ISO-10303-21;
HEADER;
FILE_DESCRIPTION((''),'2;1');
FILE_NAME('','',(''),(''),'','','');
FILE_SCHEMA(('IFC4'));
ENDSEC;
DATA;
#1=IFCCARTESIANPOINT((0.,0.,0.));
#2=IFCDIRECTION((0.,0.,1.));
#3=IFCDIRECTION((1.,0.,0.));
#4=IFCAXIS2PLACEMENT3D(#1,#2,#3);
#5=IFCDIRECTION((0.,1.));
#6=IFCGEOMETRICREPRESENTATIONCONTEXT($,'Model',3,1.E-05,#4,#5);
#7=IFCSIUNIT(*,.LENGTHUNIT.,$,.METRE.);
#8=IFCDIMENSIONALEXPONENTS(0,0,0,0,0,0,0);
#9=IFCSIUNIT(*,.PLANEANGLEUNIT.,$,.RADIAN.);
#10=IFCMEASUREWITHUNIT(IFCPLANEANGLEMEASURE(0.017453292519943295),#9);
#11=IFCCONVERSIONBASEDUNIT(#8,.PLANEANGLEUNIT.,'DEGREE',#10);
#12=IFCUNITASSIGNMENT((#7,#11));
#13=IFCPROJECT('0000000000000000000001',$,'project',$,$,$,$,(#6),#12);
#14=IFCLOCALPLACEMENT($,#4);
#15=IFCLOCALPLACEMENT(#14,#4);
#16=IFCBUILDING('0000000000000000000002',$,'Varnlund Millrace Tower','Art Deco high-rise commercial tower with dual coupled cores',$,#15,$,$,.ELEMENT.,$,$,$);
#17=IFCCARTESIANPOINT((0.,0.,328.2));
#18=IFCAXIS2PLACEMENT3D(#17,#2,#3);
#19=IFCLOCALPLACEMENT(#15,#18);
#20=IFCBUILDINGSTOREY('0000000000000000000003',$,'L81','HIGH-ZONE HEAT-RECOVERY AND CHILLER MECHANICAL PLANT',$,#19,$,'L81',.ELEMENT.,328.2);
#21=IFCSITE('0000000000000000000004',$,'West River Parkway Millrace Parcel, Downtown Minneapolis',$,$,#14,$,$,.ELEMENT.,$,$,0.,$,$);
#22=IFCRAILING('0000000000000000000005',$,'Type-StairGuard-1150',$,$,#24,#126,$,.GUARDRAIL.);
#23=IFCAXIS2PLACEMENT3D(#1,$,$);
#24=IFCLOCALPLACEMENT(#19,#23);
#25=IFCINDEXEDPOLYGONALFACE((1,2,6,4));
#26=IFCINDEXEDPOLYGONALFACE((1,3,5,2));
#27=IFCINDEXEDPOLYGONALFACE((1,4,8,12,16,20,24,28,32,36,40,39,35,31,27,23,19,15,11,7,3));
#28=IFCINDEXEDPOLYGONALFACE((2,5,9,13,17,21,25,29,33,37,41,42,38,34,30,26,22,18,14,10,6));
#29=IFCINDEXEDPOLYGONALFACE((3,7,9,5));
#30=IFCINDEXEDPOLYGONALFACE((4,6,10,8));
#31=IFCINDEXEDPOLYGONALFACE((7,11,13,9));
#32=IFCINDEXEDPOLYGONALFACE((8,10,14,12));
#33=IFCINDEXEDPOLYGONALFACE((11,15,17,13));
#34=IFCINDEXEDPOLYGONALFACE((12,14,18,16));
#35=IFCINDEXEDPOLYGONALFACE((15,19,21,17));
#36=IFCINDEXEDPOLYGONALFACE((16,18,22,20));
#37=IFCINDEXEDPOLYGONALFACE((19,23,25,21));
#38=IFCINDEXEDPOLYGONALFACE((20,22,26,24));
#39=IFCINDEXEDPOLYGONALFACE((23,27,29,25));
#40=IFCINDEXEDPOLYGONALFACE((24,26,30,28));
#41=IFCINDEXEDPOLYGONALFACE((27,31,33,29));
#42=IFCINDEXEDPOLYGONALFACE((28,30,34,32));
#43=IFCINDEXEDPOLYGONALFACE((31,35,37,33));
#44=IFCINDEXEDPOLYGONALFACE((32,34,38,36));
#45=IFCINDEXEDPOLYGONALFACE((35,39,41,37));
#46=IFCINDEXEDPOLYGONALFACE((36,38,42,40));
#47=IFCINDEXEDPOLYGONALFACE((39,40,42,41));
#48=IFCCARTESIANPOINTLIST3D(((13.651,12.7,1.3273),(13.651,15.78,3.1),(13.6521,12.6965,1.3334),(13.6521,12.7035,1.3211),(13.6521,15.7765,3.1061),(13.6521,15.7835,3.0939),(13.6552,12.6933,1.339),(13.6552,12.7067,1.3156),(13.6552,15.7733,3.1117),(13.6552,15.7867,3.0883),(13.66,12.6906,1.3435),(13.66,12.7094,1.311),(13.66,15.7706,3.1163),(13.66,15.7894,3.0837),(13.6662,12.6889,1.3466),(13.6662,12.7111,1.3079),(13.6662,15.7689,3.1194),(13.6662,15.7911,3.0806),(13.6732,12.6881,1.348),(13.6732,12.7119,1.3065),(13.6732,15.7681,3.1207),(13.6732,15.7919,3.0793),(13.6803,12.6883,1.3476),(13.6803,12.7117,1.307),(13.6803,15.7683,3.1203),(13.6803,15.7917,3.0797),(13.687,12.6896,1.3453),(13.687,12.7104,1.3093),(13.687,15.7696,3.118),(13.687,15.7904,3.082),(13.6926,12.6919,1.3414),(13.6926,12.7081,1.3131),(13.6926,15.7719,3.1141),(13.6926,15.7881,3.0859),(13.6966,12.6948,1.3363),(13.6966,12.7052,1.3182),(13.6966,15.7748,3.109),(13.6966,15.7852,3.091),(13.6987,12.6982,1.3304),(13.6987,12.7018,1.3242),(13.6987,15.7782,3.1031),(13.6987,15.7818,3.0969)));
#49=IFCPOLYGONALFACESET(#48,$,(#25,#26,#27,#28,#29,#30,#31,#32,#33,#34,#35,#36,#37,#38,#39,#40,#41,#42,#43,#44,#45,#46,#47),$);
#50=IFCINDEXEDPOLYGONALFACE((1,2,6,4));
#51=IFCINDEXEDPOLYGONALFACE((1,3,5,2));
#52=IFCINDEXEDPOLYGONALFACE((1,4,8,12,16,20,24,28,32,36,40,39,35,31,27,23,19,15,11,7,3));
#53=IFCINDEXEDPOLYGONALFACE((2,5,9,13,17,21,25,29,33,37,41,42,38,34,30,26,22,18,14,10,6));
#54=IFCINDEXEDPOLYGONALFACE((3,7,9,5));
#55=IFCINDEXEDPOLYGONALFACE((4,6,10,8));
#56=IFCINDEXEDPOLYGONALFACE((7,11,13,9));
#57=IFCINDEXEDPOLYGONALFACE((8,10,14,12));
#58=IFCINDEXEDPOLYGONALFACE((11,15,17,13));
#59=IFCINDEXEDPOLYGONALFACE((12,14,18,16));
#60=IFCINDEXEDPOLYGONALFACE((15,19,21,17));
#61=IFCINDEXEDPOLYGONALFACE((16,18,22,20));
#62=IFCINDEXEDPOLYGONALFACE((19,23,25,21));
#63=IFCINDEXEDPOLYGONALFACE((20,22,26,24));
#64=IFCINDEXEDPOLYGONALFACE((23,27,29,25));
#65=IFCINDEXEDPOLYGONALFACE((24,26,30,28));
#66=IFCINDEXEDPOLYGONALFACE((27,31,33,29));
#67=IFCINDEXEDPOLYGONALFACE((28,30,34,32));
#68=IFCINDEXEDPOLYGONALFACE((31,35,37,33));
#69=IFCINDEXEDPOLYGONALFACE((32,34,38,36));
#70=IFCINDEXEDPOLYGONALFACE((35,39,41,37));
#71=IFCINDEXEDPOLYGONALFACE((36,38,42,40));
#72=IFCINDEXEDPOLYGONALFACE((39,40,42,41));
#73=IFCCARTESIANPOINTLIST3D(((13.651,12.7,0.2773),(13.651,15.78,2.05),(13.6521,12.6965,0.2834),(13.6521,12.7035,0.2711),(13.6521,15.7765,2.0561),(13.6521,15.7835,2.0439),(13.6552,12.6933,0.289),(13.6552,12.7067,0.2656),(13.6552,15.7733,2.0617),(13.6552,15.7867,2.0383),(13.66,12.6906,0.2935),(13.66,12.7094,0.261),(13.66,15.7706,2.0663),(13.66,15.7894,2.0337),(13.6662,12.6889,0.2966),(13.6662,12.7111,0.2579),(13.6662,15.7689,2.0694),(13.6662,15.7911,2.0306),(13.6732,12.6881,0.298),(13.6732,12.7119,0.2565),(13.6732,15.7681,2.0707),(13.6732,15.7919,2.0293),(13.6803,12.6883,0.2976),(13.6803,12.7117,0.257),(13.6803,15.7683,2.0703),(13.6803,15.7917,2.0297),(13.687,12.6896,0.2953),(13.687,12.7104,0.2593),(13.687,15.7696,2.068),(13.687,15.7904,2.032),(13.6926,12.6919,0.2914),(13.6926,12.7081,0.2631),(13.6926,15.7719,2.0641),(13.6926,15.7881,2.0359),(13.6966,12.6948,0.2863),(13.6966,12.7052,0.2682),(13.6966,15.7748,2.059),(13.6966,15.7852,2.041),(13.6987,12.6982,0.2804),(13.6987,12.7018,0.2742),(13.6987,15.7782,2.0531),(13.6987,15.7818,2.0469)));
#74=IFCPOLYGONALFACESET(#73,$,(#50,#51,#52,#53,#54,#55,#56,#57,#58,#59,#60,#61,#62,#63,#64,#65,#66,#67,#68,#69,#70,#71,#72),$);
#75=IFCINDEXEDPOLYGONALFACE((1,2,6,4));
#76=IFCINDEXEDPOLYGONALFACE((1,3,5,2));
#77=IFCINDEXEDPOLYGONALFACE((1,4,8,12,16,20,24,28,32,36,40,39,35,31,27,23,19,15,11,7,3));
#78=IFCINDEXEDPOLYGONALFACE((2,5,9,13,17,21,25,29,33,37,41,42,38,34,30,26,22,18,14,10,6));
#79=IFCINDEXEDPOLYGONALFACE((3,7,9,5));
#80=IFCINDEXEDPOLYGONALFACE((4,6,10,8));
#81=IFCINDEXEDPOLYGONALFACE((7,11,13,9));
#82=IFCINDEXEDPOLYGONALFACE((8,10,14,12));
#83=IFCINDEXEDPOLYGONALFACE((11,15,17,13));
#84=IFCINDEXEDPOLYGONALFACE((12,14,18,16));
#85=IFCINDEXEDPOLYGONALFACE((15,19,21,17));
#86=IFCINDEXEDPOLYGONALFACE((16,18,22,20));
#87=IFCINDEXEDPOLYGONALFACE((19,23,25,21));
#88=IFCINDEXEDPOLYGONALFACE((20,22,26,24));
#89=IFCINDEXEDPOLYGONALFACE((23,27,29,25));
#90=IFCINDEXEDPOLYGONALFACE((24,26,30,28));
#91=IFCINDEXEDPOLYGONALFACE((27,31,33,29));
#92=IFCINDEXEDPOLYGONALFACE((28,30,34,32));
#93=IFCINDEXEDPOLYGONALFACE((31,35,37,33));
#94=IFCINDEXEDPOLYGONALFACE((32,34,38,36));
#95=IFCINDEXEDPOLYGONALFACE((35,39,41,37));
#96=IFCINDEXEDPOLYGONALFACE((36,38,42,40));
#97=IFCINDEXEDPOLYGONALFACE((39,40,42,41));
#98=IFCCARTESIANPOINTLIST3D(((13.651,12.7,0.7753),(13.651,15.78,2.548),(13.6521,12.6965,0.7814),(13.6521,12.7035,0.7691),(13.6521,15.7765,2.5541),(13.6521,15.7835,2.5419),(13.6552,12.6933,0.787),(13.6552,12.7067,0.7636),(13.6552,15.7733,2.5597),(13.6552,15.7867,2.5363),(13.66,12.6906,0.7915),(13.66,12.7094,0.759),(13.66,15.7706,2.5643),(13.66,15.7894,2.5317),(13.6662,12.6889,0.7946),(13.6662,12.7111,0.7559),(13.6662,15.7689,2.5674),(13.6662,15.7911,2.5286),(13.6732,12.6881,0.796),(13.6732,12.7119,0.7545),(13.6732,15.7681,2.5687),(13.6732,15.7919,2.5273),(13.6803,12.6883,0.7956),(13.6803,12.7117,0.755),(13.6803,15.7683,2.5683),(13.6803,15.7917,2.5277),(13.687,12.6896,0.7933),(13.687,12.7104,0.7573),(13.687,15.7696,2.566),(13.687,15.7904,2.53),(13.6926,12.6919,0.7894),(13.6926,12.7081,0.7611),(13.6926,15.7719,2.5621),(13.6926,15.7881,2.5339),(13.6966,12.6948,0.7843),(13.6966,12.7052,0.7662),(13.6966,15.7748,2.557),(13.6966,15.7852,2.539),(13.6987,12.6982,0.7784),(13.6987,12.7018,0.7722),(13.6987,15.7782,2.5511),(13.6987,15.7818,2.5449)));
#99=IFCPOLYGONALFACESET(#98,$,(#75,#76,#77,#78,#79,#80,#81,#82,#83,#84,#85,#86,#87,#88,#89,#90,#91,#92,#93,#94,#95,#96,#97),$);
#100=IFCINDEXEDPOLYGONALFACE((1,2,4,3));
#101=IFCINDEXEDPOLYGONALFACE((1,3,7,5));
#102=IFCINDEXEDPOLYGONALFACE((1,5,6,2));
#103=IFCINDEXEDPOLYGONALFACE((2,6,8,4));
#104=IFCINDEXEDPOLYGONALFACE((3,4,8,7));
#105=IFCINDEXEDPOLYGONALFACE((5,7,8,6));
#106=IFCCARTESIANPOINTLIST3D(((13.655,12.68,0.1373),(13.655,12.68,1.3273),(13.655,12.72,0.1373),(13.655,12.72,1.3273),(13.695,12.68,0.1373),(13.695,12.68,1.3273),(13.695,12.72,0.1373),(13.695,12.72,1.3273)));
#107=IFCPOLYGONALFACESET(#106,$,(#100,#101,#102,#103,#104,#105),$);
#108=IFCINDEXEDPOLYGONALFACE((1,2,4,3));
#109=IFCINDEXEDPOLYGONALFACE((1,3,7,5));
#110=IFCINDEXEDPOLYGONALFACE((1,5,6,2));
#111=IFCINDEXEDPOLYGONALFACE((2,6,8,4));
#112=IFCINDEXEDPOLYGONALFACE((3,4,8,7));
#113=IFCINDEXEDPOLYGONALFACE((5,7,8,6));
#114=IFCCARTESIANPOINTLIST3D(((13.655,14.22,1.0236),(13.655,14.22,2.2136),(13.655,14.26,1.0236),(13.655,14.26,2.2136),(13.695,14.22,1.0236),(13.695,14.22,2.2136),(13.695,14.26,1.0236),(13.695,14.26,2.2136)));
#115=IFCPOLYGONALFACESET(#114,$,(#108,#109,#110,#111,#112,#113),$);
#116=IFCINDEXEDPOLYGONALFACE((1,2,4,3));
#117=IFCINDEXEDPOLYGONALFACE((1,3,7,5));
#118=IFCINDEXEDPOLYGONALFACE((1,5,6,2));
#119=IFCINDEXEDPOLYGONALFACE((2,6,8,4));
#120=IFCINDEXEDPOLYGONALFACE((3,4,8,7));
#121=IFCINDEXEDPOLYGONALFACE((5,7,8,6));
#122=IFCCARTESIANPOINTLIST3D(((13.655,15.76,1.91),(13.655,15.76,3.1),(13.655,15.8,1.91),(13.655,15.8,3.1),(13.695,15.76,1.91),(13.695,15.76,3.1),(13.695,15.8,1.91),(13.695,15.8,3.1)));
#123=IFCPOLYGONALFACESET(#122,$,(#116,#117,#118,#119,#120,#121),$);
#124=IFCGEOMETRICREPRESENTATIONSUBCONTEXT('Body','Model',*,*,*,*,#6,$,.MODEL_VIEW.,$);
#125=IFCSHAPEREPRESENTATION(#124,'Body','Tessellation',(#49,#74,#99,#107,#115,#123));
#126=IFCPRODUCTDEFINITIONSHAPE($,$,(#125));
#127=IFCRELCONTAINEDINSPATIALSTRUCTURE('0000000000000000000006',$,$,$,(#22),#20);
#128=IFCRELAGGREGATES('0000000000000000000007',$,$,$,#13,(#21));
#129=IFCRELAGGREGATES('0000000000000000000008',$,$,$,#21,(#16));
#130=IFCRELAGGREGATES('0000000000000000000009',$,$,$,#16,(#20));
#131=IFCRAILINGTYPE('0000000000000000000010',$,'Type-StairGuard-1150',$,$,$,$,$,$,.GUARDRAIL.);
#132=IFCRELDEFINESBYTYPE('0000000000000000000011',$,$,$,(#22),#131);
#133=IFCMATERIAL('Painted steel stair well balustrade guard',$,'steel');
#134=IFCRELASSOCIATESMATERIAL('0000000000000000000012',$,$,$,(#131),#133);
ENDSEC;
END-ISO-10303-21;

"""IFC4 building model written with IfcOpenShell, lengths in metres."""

from ifc_helpers import new_model, entity, si_unit, converted_unit, direction, frame, origin_with_axes, origin_2d_with_axis, place, context, subcontext, project, spatial, rectangle, circle, extrude, material, type_object, element, save


model = new_model("IFC4")

# Units and contexts
model_context = context("Model", 3, precision=1e-05, world=origin_with_axes(), true_north=direction((0.0, 1.0)))
body_context = subcontext(model_context, "Body", "Model", "MODEL_VIEW")
ifc_project = project(units=[si_unit("LENGTHUNIT", "METRE"), converted_unit("PLANEANGLEUNIT", "DEGREE", entity("IfcPlaneAngleMeasure", 0.017453292519943295), si_unit("PLANEANGLEUNIT", "RADIAN"), dimensions=[0, 0, 0, 0, 0, 0, 0])], contexts=[model_context])

# Site, building, storey
site_placement = place(None, origin_with_axes())
site = spatial("IfcSite", under=ifc_project, at=site_placement, Name="West River Parkway Millrace Parcel, Downtown Minneapolis", CompositionType="ELEMENT", RefElevation=0.0)
building_placement = place(site_placement, origin_with_axes())
building = spatial("IfcBuilding", under=site, at=building_placement, Name="Varnlund Millrace Tower", Description="Art Deco high-rise commercial tower with dual coupled cores", CompositionType="ELEMENT")
storey_placement = place(building_placement, frame((0.0, 0.0, 328.2), z_axis=(0.0, 0.0, 1.0), x_axis=(1.0, 0.0, 0.0)))
storey = spatial("IfcBuildingStorey", under=building, at=storey_placement, Name="L81", Description="HIGH-ZONE HEAT-RECOVERY AND CHILLER MECHANICAL PLANT", LongName="L81", CompositionType="ELEMENT", Elevation=328.2)

# Railing
ifc_material_1 = material(Name="Painted steel stair well balustrade guard", Category="steel")
railing_type_1 = type_object("IfcRailingType", Name="Type-StairGuard-1150", PredefinedType="GUARDRAIL", material=ifc_material_1)
railing_1_placement = place(storey_placement, frame((0.0, 0.0, -328.2), z_axis=(0.0, 0.0, 1.0), x_axis=(1.0, 0.0, 0.0)))
element("IfcRailing", 1, at=railing_1_placement, inside=storey, type_object=railing_type_1, Name="Type-StairGuard-1150", PredefinedType="GUARDRAIL", context=body_context, shape_type="SweptSolid", body=[
    extrude(circle(Radius=0.024, at=origin_2d_with_axis()), frame((13.675, 12.7, 329.5273), z_axis=(0.0, 0.866696, 0.498836), x_axis=(-1.0, 0.0, 0.0)), (0.0, 0.0, 1.0), 3.5537),
    extrude(circle(Radius=0.024, at=origin_2d_with_axis()), frame((13.675, 12.7, 328.4773), z_axis=(0.0, 0.866696, 0.498836), x_axis=(-1.0, 0.0, 0.0)), (0.0, 0.0, 1.0), 3.5537),
    extrude(circle(Radius=0.024, at=origin_2d_with_axis()), frame((13.675, 12.7, 328.9753), z_axis=(0.0, 0.866696, 0.498836), x_axis=(-1.0, 0.0, 0.0)), (0.0, 0.0, 1.0), 3.5537),
    extrude(rectangle(XDim=0.04, YDim=0.04, at=origin_2d_with_axis()), frame((13.675, 12.7, 328.3373), z_axis=(0.0, 0.0, 1.0), x_axis=(1.0, 0.0, 0.0)), (0.0, 0.0, 1.0), 1.19),
    extrude(rectangle(XDim=0.04, YDim=0.04, at=origin_2d_with_axis()), frame((13.675, 14.24, 329.2236), z_axis=(0.0, 0.0, 1.0), x_axis=(1.0, 0.0, 0.0)), (0.0, 0.0, 1.0), 1.19),
    extrude(rectangle(XDim=0.04, YDim=0.04, at=origin_2d_with_axis()), frame((13.675, 15.78, 330.11), z_axis=(0.0, 0.0, 1.0), x_axis=(1.0, 0.0, 0.0)), (0.0, 0.0, 1.0), 1.19),
])

save(model, "model.ifc")
